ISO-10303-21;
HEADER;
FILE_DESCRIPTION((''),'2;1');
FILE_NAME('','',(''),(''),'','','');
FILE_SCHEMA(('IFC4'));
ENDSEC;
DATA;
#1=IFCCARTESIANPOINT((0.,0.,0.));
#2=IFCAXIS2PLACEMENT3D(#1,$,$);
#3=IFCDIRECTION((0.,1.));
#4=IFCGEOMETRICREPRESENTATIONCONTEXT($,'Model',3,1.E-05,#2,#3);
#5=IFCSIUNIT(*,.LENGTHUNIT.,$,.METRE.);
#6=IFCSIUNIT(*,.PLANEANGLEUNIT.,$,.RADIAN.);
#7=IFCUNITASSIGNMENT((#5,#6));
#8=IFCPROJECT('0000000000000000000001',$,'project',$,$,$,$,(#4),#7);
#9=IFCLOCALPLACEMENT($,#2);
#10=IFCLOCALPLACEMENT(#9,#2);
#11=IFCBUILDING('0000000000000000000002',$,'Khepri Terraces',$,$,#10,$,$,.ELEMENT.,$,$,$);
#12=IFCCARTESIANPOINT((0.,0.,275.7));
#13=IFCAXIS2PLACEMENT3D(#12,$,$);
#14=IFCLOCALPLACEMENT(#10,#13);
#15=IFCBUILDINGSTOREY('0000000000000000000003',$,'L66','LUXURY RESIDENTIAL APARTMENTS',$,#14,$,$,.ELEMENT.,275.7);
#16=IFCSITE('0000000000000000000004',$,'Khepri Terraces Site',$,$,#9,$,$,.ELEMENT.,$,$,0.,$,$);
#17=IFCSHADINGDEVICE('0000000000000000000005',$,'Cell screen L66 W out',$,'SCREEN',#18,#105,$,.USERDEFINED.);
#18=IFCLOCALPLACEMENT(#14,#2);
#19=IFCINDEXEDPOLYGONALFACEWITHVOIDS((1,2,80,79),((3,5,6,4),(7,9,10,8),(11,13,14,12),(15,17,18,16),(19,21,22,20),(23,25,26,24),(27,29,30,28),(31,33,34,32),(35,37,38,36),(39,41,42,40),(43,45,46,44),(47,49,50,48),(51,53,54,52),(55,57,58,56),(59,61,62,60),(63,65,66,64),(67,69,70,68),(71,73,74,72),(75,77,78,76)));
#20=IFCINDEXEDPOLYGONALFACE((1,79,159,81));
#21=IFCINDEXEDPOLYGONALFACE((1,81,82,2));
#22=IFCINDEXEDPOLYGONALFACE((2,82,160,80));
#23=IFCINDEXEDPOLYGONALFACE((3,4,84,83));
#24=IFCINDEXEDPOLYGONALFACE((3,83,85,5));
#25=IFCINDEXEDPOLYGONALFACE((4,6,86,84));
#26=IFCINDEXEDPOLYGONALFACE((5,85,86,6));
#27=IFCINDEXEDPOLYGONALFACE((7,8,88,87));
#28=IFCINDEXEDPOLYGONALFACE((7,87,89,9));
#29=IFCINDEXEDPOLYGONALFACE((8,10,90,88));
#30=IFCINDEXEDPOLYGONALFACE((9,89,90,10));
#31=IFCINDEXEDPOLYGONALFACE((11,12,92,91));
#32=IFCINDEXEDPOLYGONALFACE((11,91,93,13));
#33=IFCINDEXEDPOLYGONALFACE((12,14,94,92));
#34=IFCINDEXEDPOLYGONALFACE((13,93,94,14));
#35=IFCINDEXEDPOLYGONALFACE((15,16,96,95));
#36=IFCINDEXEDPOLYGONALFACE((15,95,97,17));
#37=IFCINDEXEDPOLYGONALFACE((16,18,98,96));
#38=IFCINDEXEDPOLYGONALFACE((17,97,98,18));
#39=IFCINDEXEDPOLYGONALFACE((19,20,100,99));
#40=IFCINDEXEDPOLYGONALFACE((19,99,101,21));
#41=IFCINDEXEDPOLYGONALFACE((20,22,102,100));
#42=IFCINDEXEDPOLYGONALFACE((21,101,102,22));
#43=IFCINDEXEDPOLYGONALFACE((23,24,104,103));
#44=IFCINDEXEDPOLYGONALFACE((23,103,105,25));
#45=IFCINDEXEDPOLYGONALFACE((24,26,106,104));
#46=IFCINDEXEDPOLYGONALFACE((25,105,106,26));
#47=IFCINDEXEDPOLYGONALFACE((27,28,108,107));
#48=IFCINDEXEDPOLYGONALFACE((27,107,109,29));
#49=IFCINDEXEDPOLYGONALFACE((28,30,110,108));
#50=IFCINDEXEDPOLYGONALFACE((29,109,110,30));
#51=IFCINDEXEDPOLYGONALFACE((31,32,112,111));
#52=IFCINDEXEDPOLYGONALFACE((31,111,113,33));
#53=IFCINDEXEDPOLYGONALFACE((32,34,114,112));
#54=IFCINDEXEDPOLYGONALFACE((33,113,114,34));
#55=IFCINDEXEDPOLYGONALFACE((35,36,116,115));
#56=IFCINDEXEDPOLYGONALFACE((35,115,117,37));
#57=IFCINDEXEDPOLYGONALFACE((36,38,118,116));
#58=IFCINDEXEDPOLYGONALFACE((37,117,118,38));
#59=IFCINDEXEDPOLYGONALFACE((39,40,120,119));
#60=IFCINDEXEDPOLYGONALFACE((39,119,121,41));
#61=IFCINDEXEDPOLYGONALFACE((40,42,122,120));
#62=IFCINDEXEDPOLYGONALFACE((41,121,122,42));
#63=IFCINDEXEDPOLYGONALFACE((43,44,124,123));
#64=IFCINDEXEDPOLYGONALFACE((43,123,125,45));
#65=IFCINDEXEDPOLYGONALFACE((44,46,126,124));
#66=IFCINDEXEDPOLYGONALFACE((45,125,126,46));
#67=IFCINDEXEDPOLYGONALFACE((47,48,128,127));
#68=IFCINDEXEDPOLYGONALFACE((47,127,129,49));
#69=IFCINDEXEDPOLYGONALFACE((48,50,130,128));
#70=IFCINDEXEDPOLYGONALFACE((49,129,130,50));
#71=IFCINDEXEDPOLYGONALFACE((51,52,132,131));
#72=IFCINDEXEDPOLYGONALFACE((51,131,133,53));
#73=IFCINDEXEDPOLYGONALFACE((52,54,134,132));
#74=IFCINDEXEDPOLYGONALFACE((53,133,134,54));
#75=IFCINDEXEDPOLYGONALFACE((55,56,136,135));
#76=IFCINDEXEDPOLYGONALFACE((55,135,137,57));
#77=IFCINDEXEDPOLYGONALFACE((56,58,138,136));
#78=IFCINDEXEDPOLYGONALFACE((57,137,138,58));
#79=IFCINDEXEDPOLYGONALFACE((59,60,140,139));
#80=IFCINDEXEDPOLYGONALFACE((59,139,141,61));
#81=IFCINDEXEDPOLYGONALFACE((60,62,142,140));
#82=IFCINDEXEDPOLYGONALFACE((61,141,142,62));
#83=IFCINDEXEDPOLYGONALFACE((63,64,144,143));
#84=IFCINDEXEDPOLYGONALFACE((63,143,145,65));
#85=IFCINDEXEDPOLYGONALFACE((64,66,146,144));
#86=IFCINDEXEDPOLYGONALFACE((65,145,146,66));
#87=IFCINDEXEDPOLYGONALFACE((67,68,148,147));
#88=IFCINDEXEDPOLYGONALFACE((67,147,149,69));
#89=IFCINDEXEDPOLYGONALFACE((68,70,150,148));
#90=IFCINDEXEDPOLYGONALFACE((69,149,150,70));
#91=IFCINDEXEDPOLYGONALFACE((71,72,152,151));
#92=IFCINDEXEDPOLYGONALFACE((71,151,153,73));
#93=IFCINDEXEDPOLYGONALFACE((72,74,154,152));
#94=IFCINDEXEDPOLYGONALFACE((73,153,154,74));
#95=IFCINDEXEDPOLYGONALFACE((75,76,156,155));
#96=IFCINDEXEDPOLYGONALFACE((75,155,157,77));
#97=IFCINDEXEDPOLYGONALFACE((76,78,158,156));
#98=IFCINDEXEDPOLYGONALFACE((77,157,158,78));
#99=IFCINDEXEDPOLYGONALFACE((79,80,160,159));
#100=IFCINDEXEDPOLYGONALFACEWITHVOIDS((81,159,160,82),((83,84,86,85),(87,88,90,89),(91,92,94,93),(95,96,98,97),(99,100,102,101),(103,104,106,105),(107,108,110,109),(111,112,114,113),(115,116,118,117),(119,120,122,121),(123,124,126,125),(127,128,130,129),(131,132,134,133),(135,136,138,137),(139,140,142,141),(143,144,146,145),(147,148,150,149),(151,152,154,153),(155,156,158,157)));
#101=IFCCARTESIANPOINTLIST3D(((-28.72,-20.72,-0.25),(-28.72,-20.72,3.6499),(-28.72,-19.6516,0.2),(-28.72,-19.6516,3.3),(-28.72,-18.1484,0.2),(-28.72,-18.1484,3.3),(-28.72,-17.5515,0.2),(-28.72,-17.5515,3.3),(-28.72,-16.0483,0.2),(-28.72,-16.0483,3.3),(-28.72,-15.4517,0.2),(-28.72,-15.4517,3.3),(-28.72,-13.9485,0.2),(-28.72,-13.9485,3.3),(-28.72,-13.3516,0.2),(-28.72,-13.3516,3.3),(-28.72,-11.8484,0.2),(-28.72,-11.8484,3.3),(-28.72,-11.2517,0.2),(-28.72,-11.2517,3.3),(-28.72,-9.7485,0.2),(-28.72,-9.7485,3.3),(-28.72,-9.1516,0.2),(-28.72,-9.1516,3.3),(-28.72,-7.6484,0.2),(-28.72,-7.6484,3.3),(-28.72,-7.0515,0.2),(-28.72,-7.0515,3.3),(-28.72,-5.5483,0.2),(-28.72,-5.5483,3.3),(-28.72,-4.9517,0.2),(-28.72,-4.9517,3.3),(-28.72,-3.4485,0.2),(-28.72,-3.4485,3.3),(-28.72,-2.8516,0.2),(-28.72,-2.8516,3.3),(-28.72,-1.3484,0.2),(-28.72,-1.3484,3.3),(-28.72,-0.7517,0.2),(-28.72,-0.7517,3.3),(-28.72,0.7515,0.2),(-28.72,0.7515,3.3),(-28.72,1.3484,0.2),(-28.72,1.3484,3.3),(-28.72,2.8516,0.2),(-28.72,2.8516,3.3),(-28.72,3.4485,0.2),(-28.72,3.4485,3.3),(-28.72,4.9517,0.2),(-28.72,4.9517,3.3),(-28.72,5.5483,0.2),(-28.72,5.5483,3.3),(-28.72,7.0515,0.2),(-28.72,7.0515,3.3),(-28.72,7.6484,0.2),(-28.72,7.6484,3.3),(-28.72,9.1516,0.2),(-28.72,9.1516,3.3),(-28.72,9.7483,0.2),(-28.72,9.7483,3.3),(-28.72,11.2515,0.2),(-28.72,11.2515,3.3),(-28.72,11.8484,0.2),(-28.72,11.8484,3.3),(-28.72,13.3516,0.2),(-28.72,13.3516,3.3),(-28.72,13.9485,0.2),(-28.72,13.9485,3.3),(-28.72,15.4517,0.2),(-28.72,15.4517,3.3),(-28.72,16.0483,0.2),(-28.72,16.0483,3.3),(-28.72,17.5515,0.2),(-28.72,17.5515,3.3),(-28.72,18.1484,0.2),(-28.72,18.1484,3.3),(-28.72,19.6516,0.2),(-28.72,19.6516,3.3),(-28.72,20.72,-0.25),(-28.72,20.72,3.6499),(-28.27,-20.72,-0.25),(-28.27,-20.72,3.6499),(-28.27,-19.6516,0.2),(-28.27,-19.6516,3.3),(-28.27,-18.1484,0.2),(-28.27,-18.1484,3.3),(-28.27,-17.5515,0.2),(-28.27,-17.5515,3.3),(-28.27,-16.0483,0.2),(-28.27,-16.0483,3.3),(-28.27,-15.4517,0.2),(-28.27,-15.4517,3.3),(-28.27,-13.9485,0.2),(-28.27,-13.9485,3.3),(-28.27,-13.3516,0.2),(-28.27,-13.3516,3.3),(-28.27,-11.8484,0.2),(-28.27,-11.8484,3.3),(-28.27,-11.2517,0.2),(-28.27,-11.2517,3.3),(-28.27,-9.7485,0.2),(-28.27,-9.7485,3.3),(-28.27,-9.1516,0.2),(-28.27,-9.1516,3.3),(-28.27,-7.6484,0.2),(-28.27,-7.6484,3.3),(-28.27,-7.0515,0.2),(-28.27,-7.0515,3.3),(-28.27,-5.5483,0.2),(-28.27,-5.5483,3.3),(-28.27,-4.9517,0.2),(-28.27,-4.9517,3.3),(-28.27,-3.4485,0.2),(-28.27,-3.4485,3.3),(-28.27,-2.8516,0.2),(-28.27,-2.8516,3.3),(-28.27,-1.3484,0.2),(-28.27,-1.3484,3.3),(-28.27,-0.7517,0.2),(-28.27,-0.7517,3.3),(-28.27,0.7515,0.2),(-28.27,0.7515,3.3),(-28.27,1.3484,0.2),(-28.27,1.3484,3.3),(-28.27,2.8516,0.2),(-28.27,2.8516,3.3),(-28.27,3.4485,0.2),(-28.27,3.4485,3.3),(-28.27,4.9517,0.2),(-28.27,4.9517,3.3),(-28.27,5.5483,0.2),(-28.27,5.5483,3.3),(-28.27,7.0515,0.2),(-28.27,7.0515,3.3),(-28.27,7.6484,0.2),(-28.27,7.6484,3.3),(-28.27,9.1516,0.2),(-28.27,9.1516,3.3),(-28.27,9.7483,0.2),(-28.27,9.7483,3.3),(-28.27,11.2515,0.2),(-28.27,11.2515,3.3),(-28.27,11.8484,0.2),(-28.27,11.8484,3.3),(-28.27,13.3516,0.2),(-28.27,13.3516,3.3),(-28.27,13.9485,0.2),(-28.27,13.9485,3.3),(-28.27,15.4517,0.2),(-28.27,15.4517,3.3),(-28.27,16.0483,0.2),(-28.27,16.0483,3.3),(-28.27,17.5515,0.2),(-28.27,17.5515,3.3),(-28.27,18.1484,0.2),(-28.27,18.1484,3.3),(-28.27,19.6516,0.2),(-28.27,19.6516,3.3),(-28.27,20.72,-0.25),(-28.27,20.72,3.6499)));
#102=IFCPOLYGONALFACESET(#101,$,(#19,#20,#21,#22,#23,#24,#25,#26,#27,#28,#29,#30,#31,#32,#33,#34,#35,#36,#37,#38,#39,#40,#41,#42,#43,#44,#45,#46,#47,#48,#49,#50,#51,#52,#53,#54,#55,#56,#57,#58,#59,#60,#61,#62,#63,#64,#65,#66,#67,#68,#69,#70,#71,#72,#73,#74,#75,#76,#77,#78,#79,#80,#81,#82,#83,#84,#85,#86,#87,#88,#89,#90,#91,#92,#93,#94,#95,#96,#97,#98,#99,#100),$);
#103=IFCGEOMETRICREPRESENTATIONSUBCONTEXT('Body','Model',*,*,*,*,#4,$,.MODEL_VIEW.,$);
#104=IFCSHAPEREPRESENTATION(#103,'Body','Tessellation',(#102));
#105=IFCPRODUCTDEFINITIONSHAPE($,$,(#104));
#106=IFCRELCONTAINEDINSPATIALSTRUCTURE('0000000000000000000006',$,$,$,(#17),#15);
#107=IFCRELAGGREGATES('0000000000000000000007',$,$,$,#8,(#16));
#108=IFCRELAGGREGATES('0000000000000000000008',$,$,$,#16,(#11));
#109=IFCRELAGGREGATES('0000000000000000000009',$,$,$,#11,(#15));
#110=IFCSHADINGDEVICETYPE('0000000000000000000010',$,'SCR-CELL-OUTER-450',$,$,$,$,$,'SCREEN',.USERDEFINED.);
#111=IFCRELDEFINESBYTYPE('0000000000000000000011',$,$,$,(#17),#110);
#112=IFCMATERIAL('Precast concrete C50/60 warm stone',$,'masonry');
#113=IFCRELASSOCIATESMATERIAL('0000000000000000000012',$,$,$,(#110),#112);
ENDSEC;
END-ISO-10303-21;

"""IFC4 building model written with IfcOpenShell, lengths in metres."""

from ifc_helpers import new_model, si_unit, direction, frame, origin, place, context, subcontext, project, spatial, polyline, outline, extrude, material, type_object, element, save


model = new_model("IFC4")

# Units and contexts
model_context = context("Model", 3, precision=1e-05, world=origin(), true_north=direction((0.0, 1.0)))
body_context = subcontext(model_context, "Body", "Model", "MODEL_VIEW")
ifc_project = project(units=[si_unit("LENGTHUNIT", "METRE"), si_unit("PLANEANGLEUNIT", "RADIAN")], contexts=[model_context])

# Site, building, storey
site_placement = place(None, origin())
site = spatial("IfcSite", under=ifc_project, at=site_placement, Name="Khepri Terraces Site", CompositionType="ELEMENT", RefElevation=0.0)
building_placement = place(site_placement, origin())
building = spatial("IfcBuilding", under=site, at=building_placement, Name="Khepri Terraces", CompositionType="ELEMENT")
storey_placement = place(building_placement, frame((0.0, 0.0, 275.7)))
storey = spatial("IfcBuildingStorey", under=building, at=storey_placement, Name="L66", Description="LUXURY RESIDENTIAL APARTMENTS", CompositionType="ELEMENT", Elevation=275.7)

# Shared definitions
ifc_material_1 = material(Name="Precast concrete C50/60 warm stone", Category="masonry")

# Shading device
shading_device_type_1 = type_object("IfcShadingDeviceType", Name="SCR-CELL-OUTER-450", ElementType="SCREEN", PredefinedType="USERDEFINED", material=ifc_material_1)
shading_device_1_placement = place(storey_placement, frame((-28.27, 20.72, -0.25), z_axis=(-1.0, 0.0, 0.0), x_axis=(0.0, -1.0, 0.0)))
element("IfcShadingDevice", 1, at=shading_device_1_placement, inside=storey, type_object=shading_device_type_1, Name="Cell screen L66 W out", ObjectType="SCREEN", PredefinedType="USERDEFINED", context=body_context, shape_type="SweptSolid", body=[
    extrude(outline(polyline([(0.0, 0.0), (41.4399, 0.0), (41.4399, 3.8999), (0.0, 3.8999), (0.0, 0.0)]), holes=[polyline([(1.0684, 0.45), (2.5715, 0.45), (2.5715, 3.55), (1.0684, 3.55), (1.0684, 0.45)]), polyline([(3.1685, 0.45), (4.6716, 0.45), (4.6716, 3.55), (3.1685, 3.55), (3.1685, 0.45)]), polyline([(5.2683, 0.45), (6.7715, 0.45), (6.7715, 3.55), (5.2683, 3.55), (5.2683, 0.45)]), polyline([(7.3684, 0.45), (8.8716, 0.45), (8.8716, 3.55), (7.3684, 3.55), (7.3684, 0.45)]), polyline([(9.4685, 0.45), (10.9717, 0.45), (10.9717, 3.55), (9.4685, 3.55), (9.4685, 0.45)]), polyline([(11.5684, 0.45), (13.0715, 0.45), (13.0715, 3.55), (11.5684, 3.55), (11.5684, 0.45)]), polyline([(13.6685, 0.45), (15.1716, 0.45), (15.1716, 3.55), (13.6685, 3.55), (13.6685, 0.45)]), polyline([(15.7683, 0.45), (17.2715, 0.45), (17.2715, 3.55), (15.7683, 3.55), (15.7683, 0.45)]), polyline([(17.8684, 0.45), (19.3716, 0.45), (19.3716, 3.55), (17.8684, 3.55), (17.8684, 0.45)]), polyline([(19.9685, 0.45), (21.4717, 0.45), (21.4717, 3.55), (19.9685, 3.55), (19.9685, 0.45)]), polyline([(22.0684, 0.45), (23.5715, 0.45), (23.5715, 3.55), (22.0684, 3.55), (22.0684, 0.45)]), polyline([(24.1685, 0.45), (25.6716, 0.45), (25.6716, 3.55), (24.1685, 3.55), (24.1685, 0.45)]), polyline([(26.2683, 0.45), (27.7715, 0.45), (27.7715, 3.55), (26.2683, 3.55), (26.2683, 0.45)]), polyline([(28.3684, 0.45), (29.8716, 0.45), (29.8716, 3.55), (28.3684, 3.55), (28.3684, 0.45)]), polyline([(30.4685, 0.45), (31.9717, 0.45), (31.9717, 3.55), (30.4685, 3.55), (30.4685, 0.45)]), polyline([(32.5684, 0.45), (34.0715, 0.45), (34.0715, 3.55), (32.5684, 3.55), (32.5684, 0.45)]), polyline([(34.6685, 0.45), (36.1716, 0.45), (36.1716, 3.55), (34.6685, 3.55), (34.6685, 0.45)]), polyline([(36.7683, 0.45), (38.2715, 0.45), (38.2715, 3.55), (36.7683, 3.55), (36.7683, 0.45)]), polyline([(38.8684, 0.45), (40.3716, 0.45), (40.3716, 3.55), (38.8684, 3.55), (38.8684, 0.45)])]), origin(), (0.0, 0.0, 1.0), 0.45),
])

save(model, "model.ifc")
